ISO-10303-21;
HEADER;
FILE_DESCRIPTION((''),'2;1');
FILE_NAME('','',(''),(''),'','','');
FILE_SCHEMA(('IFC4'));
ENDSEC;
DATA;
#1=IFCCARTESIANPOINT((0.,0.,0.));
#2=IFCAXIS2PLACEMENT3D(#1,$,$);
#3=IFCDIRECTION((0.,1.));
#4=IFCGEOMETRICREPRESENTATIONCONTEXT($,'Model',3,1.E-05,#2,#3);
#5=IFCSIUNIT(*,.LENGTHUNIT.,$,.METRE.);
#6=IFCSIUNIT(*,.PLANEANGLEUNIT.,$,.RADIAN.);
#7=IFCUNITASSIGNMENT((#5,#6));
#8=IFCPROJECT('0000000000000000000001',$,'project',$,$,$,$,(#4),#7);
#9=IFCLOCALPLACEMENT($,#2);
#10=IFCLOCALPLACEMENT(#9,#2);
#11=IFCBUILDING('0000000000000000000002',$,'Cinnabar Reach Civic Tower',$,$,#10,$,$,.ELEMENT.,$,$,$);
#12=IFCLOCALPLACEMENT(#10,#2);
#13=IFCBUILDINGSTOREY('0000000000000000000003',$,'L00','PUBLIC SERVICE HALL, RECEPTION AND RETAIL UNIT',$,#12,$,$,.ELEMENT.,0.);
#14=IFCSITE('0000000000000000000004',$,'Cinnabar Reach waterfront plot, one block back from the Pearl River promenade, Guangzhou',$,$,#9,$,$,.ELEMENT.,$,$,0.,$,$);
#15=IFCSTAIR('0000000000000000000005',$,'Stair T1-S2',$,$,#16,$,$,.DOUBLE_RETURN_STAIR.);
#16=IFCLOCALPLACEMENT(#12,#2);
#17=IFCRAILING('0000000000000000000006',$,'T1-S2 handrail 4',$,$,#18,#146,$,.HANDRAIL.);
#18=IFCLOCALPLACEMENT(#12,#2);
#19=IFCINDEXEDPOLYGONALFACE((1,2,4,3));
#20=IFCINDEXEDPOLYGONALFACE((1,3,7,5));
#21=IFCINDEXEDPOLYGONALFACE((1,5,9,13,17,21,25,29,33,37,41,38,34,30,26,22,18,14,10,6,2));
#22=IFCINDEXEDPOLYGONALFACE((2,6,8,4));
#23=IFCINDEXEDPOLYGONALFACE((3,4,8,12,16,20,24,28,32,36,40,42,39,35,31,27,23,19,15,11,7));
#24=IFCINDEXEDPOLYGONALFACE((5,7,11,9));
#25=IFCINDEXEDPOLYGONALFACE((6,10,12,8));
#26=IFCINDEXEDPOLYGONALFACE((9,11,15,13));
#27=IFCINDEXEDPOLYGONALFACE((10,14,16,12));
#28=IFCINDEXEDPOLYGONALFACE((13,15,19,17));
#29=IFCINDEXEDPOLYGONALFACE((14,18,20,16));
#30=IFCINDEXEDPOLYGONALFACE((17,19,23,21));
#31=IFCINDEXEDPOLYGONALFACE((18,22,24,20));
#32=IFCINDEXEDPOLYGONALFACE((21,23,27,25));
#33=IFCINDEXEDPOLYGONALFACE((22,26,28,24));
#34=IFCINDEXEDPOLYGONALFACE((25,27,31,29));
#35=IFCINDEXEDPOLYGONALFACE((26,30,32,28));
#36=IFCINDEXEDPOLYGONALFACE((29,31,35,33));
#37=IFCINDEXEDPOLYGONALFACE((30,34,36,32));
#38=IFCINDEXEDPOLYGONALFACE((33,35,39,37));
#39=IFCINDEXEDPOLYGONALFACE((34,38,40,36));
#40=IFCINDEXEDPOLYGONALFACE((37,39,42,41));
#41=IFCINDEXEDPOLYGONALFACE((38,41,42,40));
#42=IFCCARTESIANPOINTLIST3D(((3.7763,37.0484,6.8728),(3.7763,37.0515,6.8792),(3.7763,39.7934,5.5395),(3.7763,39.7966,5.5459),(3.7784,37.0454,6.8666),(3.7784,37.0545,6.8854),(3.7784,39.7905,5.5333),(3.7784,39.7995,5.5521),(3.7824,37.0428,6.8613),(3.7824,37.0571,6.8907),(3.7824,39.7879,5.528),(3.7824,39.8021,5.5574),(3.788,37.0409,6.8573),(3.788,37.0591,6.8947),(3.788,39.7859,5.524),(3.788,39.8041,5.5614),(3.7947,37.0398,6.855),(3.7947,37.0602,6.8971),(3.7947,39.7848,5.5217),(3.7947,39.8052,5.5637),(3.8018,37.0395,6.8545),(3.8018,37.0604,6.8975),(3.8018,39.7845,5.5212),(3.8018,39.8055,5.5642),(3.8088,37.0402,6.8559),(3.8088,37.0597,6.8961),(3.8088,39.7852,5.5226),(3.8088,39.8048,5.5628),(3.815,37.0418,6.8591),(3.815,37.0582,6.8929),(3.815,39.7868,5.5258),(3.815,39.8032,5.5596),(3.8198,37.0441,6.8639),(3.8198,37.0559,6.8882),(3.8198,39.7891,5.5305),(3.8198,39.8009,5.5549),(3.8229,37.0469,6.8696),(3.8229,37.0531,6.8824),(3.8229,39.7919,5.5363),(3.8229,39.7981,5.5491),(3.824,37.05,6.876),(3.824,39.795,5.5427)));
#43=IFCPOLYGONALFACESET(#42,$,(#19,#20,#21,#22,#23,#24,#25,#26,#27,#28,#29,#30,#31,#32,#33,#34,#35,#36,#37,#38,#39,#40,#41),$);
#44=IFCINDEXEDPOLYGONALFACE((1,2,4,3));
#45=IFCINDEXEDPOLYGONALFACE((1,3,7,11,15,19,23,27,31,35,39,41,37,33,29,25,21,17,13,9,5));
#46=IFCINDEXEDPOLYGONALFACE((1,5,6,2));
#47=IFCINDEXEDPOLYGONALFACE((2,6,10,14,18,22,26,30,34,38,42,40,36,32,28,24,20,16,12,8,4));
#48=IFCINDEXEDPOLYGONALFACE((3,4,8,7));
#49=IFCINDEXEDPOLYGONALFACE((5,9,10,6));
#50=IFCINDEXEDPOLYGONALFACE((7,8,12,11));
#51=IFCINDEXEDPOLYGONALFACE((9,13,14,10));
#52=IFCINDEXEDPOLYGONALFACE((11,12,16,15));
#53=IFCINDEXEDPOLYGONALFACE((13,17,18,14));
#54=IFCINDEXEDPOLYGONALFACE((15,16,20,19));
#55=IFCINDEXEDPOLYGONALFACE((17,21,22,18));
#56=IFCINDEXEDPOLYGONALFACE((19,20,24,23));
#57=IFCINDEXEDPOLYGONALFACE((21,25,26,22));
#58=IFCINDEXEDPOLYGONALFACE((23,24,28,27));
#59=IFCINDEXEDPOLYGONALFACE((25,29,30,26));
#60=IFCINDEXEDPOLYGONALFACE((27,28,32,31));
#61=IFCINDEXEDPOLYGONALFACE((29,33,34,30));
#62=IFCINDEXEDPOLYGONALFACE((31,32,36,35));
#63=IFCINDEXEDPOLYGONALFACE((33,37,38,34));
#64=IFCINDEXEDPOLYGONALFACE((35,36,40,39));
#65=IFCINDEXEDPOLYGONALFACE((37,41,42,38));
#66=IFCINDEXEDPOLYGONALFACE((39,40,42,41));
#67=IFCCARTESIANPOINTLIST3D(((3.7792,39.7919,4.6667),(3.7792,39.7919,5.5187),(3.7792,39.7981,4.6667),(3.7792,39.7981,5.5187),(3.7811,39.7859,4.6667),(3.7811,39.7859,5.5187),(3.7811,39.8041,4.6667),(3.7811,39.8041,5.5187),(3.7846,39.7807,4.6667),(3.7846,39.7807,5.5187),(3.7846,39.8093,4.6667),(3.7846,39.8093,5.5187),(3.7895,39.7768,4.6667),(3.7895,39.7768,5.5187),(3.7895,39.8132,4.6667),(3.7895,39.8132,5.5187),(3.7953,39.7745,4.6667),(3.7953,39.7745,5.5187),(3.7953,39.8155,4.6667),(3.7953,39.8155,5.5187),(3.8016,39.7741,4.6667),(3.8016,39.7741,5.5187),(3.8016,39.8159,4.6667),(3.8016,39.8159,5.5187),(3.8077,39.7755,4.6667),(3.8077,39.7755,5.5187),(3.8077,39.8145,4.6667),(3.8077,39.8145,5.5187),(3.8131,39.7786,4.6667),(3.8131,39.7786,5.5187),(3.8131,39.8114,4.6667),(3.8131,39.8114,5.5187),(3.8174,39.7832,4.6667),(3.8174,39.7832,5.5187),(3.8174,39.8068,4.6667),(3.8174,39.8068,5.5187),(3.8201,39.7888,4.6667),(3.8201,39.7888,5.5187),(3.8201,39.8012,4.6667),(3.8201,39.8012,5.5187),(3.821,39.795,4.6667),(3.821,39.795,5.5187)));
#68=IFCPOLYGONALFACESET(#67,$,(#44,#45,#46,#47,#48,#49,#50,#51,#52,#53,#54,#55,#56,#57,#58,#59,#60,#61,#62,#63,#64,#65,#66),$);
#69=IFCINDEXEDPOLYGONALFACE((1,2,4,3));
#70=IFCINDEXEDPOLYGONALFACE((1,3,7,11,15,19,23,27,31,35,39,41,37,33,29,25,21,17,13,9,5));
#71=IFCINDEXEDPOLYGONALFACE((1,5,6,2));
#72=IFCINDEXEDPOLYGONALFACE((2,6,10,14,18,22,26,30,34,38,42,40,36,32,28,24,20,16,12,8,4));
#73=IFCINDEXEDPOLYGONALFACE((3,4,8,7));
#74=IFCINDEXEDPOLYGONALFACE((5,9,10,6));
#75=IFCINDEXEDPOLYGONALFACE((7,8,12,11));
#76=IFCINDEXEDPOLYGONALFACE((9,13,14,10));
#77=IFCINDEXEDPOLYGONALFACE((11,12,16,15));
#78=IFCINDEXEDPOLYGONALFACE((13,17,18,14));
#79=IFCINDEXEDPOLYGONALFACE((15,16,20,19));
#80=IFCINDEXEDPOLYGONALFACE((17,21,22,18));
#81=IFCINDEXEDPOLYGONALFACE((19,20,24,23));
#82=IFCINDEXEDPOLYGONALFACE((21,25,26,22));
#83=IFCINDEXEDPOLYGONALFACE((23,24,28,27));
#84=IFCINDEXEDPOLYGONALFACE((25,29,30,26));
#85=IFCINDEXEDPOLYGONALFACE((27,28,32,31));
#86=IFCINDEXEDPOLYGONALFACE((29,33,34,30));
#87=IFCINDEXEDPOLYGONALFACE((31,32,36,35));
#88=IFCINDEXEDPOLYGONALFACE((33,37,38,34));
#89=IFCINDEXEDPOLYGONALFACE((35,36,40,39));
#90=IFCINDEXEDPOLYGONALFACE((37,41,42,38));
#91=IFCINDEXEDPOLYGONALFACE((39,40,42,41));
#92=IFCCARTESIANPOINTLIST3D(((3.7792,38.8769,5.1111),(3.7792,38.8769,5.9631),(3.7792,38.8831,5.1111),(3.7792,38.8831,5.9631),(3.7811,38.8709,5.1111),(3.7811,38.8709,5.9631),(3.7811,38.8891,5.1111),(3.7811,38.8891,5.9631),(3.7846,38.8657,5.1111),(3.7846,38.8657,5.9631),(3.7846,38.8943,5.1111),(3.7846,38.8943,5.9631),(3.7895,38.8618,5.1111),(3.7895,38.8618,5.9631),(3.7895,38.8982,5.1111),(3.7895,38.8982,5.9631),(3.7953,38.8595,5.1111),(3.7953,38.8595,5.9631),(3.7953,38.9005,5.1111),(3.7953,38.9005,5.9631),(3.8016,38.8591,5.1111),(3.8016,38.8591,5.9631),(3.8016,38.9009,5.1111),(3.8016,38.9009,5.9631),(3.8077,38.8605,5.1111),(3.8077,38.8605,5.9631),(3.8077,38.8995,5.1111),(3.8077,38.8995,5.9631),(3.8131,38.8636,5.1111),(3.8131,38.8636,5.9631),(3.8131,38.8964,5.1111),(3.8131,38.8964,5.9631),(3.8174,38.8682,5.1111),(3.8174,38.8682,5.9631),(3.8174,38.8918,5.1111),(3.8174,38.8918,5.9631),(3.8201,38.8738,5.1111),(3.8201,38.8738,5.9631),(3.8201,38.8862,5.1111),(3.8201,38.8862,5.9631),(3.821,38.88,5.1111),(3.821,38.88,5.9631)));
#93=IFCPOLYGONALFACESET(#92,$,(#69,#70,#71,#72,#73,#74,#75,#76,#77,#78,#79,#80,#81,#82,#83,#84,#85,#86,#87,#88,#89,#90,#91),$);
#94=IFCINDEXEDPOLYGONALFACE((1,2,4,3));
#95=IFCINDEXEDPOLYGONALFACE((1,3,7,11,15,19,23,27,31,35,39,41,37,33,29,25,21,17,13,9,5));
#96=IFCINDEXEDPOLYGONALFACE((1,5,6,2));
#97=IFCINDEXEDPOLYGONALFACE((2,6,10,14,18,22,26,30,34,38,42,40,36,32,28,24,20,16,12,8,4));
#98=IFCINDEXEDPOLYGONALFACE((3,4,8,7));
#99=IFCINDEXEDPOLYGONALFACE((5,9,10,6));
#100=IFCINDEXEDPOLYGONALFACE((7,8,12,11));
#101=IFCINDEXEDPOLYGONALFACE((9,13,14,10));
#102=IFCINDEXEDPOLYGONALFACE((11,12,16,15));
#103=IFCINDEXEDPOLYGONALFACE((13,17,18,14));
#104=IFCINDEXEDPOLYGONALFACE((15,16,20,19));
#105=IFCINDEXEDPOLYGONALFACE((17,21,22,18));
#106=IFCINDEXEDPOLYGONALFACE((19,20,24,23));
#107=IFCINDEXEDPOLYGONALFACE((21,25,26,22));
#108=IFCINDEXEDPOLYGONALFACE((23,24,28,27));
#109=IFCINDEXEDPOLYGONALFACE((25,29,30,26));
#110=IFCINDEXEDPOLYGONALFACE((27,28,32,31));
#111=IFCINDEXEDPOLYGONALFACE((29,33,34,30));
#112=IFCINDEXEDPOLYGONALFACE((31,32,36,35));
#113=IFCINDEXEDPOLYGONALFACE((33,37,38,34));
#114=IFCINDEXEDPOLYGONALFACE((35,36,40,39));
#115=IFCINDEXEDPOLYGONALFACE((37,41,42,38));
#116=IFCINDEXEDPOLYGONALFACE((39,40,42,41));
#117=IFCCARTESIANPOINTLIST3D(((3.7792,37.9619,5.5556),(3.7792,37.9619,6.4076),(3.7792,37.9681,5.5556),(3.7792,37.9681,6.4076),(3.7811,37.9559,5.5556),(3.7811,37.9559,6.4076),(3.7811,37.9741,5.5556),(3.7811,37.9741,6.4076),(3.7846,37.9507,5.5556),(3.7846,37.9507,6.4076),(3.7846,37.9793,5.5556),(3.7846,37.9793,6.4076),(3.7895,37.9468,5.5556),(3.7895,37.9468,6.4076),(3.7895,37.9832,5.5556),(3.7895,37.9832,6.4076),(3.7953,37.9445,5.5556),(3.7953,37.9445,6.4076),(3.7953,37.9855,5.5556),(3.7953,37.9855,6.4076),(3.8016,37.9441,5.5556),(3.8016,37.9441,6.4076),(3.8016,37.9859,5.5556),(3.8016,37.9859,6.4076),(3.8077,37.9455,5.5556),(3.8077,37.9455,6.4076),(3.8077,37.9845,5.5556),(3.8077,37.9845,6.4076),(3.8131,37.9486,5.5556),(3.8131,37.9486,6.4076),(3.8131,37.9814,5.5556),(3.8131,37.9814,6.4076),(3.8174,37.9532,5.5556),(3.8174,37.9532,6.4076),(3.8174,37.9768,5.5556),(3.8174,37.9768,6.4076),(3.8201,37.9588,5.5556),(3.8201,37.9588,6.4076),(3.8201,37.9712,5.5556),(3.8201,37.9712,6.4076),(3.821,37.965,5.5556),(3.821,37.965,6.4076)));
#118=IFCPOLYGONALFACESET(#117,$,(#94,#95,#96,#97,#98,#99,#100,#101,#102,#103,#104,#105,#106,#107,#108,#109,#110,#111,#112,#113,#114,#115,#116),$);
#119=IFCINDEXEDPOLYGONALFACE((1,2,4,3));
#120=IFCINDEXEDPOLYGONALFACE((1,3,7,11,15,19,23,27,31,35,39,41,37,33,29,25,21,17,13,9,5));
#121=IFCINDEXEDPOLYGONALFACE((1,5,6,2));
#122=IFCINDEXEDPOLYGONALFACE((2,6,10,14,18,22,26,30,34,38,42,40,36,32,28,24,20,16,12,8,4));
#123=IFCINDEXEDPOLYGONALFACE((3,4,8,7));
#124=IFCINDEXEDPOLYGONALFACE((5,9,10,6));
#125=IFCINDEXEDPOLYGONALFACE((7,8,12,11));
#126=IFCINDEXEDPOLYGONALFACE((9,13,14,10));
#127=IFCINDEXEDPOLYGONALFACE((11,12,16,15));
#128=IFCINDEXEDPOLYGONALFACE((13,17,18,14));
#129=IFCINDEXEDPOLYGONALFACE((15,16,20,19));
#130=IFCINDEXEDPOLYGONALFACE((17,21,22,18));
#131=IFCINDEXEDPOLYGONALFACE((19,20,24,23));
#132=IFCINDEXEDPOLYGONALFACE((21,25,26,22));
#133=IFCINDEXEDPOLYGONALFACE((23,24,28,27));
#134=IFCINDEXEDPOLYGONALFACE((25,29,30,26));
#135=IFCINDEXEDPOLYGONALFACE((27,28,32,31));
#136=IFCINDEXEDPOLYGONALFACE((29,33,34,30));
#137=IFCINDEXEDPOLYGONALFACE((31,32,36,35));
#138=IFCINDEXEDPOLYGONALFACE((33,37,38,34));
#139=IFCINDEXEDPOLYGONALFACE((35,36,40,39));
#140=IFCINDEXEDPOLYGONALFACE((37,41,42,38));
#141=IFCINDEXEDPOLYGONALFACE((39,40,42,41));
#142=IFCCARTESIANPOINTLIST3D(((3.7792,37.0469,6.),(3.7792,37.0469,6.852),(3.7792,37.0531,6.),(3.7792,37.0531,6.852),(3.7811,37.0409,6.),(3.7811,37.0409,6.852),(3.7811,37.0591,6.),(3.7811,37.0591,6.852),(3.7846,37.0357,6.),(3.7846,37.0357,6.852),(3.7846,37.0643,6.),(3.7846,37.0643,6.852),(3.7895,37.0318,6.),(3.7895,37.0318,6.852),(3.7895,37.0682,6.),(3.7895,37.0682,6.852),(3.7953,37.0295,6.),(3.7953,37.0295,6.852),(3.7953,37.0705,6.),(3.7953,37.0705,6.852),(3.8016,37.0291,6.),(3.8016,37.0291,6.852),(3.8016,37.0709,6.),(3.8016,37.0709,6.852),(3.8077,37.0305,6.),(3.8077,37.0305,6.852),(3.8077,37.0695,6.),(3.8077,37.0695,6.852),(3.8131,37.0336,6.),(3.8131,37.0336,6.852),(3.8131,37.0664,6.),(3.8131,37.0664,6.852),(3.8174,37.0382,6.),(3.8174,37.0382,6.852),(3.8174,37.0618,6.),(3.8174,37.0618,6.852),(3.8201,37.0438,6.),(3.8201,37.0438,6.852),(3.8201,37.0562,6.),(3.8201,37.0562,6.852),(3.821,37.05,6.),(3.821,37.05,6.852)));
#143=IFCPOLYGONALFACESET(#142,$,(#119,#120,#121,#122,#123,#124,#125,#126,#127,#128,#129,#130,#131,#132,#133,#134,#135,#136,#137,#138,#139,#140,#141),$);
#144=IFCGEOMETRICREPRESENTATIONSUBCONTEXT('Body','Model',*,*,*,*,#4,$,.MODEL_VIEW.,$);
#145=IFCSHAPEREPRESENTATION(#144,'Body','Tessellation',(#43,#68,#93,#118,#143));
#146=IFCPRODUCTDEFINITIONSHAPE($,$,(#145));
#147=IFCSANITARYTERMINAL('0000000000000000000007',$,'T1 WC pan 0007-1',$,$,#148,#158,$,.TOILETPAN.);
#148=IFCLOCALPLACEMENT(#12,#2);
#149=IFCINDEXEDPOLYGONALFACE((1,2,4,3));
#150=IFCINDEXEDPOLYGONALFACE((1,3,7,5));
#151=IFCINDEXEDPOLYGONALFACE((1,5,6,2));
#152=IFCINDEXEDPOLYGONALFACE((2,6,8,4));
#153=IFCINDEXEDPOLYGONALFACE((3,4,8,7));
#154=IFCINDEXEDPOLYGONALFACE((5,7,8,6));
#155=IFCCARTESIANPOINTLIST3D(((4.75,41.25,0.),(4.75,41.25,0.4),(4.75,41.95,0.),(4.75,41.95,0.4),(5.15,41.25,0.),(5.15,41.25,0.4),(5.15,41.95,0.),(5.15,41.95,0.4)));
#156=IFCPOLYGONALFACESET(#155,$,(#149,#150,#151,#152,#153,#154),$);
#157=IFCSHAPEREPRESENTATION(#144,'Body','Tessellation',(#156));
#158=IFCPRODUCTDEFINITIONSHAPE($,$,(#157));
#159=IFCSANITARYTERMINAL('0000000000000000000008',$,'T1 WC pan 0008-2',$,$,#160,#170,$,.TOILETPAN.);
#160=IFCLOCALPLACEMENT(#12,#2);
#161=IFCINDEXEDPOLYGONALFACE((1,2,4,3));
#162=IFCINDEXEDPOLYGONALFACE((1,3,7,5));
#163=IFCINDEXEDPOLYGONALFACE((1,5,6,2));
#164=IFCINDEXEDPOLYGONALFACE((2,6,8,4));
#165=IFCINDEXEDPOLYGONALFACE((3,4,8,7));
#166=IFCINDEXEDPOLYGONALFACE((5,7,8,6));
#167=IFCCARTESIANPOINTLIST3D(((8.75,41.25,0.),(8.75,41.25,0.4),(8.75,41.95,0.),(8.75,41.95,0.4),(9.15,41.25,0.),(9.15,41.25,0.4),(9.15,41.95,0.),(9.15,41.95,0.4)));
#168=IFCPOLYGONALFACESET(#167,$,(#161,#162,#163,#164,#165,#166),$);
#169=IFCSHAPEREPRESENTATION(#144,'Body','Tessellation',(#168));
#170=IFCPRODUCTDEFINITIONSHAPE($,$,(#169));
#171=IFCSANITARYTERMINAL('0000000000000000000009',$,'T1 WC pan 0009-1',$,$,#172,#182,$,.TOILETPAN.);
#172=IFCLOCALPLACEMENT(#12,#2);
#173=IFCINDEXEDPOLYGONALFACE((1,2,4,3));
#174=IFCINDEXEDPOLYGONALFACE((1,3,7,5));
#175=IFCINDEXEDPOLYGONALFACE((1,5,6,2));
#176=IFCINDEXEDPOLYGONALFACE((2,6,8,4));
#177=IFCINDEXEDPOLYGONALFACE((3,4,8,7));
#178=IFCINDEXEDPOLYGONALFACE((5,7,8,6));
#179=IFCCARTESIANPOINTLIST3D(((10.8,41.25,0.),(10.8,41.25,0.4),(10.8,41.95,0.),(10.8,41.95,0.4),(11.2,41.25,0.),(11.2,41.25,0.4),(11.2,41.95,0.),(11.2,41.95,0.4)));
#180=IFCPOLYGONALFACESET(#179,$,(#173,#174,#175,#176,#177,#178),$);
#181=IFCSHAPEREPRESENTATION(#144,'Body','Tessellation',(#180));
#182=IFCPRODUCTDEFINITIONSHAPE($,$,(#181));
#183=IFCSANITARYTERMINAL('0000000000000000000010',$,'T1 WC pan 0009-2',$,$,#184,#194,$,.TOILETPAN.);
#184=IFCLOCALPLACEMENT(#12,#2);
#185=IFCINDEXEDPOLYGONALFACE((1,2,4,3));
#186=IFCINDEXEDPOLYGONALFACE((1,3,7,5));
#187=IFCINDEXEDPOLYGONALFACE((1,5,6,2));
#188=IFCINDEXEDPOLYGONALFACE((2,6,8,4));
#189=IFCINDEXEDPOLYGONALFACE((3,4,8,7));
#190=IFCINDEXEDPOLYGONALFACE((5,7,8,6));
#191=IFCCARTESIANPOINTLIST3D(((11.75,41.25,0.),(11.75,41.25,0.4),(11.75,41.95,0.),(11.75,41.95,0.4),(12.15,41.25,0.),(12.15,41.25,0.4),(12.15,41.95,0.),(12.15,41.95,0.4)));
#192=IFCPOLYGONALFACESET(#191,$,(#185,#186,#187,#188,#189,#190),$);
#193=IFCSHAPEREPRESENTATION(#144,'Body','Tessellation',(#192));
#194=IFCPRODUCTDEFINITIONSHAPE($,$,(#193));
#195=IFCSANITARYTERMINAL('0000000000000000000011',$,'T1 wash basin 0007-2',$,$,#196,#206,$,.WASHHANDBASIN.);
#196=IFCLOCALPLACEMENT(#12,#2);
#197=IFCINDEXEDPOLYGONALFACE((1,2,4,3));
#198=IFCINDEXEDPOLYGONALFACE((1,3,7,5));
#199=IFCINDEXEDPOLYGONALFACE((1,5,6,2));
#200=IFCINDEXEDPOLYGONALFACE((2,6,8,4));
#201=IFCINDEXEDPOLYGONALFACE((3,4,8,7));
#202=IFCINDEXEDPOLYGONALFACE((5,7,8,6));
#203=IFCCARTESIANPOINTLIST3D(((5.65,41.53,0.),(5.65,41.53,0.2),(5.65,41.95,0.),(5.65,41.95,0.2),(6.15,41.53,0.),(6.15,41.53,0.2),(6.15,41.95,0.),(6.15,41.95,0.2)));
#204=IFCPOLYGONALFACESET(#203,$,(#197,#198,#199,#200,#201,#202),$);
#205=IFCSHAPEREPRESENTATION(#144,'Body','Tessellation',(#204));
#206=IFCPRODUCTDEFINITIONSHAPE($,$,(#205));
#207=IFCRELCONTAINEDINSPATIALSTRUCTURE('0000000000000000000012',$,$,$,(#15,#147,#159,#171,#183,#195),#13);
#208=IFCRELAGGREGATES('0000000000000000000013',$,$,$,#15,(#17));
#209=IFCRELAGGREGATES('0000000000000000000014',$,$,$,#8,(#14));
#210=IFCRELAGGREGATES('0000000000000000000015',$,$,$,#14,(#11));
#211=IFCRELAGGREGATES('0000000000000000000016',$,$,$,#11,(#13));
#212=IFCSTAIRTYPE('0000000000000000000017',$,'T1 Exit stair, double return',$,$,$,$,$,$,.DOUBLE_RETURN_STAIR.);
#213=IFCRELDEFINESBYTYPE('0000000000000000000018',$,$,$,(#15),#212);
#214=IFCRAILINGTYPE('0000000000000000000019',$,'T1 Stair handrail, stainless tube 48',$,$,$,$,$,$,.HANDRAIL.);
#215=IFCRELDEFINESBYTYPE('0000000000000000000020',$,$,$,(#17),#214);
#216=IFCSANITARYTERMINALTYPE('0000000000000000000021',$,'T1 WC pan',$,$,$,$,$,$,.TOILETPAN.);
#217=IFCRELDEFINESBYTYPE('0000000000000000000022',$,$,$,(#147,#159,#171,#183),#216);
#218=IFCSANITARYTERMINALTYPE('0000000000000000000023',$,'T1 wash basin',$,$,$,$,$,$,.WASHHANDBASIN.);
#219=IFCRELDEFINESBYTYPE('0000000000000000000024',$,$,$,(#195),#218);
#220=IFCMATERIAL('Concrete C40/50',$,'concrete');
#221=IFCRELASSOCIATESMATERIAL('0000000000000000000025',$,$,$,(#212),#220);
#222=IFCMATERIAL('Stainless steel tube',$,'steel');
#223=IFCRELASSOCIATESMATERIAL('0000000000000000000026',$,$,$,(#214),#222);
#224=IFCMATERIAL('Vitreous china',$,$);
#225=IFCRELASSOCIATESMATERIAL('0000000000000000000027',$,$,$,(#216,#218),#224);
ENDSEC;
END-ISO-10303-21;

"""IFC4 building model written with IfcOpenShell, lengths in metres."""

from ifc_helpers import new_model, si_unit, direction, frame, origin, origin_2d, place, context, subcontext, project, spatial, rectangle, circle, extrude, material, type_object, element, aggregate, save


model = new_model("IFC4")

# Units and contexts
model_context = context("Model", 3, precision=1e-05, world=origin(), true_north=direction((0.0, 1.0)))
body_context = subcontext(model_context, "Body", "Model", "MODEL_VIEW")
ifc_project = project(units=[si_unit("LENGTHUNIT", "METRE"), si_unit("PLANEANGLEUNIT", "RADIAN")], contexts=[model_context])

# Site, building, storey
site_placement = place(None, origin())
site = spatial("IfcSite", under=ifc_project, at=site_placement, Name="Cinnabar Reach waterfront plot, one block back from the Pearl River promenade, Guangzhou", CompositionType="ELEMENT", RefElevation=0.0)
building_placement = place(site_placement, origin())
building = spatial("IfcBuilding", under=site, at=building_placement, Name="Cinnabar Reach Civic Tower", CompositionType="ELEMENT")
storey_placement = place(building_placement, origin())
storey = spatial("IfcBuildingStorey", under=building, at=storey_placement, Name="L00", Description="PUBLIC SERVICE HALL, RECEPTION AND RETAIL UNIT", CompositionType="ELEMENT", Elevation=0.0)

# Shared definitions
ifc_material_1 = material(Name="Concrete C40/50", Category="concrete")

# Stair, railing
stair_type = type_object("IfcStairType", Name="T1 Exit stair, double return", PredefinedType="DOUBLE_RETURN_STAIR", material=ifc_material_1)
stair_placement = place(storey_placement, origin())
stair = element("IfcStair", 1, at=stair_placement, inside=storey, type_object=stair_type, Name="Stair T1-S2", PredefinedType="DOUBLE_RETURN_STAIR")
ifc_material_2 = material(Name="Stainless steel tube", Category="steel")
railing_type = type_object("IfcRailingType", Name="T1 Stair handrail, stainless tube 48", PredefinedType="HANDRAIL", material=ifc_material_2)
railing_1_placement = place(storey_placement, frame((3.8, 39.795, 4.6667)))
railing_1 = element("IfcRailing", 2, at=railing_1_placement, type_object=railing_type, Name="T1-S2 handrail 4", PredefinedType="HANDRAIL", context=body_context, shape_type="SweptSolid", body=[
    extrude(circle(Radius=0.024, at=origin_2d()), frame((0.0, 0.0, 0.876), z_axis=(0.0, -0.899506, 0.436908), x_axis=(1.0, 0.0, 0.0)), (0.0, 0.0, 1.0), 3.0517),
    extrude(circle(Radius=0.021, at=origin_2d()), origin(), (0.0, 0.0, 1.0), 0.852),
    extrude(circle(Radius=0.021, at=origin_2d()), frame((0.0, -0.915, 0.4444)), (0.0, 0.0, 1.0), 0.852),
    extrude(circle(Radius=0.021, at=origin_2d()), frame((0.0, -1.83, 0.8889)), (0.0, 0.0, 1.0), 0.852),
    extrude(circle(Radius=0.021, at=origin_2d()), frame((0.0, -2.745, 1.3333)), (0.0, 0.0, 1.0), 0.852),
])
aggregate(stair, [railing_1])

# Sanitary terminals
ifc_material_3 = material(Name="Vitreous china")
sanitary_terminal_type_1 = type_object("IfcSanitaryTerminalType", Name="T1 WC pan", PredefinedType="TOILETPAN", material=ifc_material_3)
for number, where, z_axis, x_axis, name in (
    (3, (4.95, 41.6, 0.0), (0.0, 0.0, 1.0), (1.0, 0.0, 0.0), "T1 WC pan 0007-1"),
    (4, (8.95, 41.6, 0.0), (0.0, 0.0, 1.0), (1.0, 0.0, 0.0), "T1 WC pan 0008-2"),
    (5, (11.0, 41.6, 0.0), (0.0, 0.0, 1.0), (1.0, 0.0, 0.0), "T1 WC pan 0009-1"),
    (6, (11.95, 41.6, 0.0), (0.0, 0.0, 1.0), (1.0, 0.0, 0.0), "T1 WC pan 0009-2"),
):
    element("IfcSanitaryTerminal", number, at=place(storey_placement, frame(where, z_axis=z_axis, x_axis=x_axis)), inside=storey, type_object=sanitary_terminal_type_1, Name=name, PredefinedType="TOILETPAN", context=body_context, shape_type="SweptSolid", body=[
        extrude(rectangle(XDim=0.4, YDim=0.7, at=origin_2d()), origin(), (0.0, 0.0, 1.0), 0.4),
    ])
sanitary_terminal_type_2 = type_object("IfcSanitaryTerminalType", Name="T1 wash basin", PredefinedType="WASHHANDBASIN", material=ifc_material_3)
sanitary_terminal_placement = place(storey_placement, frame((5.9, 41.74, 0.0), z_axis=(0.0, 0.0, 1.0), x_axis=(1.0, 0.0, 0.0)))
element("IfcSanitaryTerminal", 7, at=sanitary_terminal_placement, inside=storey, type_object=sanitary_terminal_type_2, Name="T1 wash basin 0007-2", PredefinedType="WASHHANDBASIN", context=body_context, shape_type="SweptSolid", body=[
    extrude(rectangle(XDim=0.5, YDim=0.42, at=origin_2d()), origin(), (0.0, 0.0, 1.0), 0.2),
])

save(model, "model.ifc")
